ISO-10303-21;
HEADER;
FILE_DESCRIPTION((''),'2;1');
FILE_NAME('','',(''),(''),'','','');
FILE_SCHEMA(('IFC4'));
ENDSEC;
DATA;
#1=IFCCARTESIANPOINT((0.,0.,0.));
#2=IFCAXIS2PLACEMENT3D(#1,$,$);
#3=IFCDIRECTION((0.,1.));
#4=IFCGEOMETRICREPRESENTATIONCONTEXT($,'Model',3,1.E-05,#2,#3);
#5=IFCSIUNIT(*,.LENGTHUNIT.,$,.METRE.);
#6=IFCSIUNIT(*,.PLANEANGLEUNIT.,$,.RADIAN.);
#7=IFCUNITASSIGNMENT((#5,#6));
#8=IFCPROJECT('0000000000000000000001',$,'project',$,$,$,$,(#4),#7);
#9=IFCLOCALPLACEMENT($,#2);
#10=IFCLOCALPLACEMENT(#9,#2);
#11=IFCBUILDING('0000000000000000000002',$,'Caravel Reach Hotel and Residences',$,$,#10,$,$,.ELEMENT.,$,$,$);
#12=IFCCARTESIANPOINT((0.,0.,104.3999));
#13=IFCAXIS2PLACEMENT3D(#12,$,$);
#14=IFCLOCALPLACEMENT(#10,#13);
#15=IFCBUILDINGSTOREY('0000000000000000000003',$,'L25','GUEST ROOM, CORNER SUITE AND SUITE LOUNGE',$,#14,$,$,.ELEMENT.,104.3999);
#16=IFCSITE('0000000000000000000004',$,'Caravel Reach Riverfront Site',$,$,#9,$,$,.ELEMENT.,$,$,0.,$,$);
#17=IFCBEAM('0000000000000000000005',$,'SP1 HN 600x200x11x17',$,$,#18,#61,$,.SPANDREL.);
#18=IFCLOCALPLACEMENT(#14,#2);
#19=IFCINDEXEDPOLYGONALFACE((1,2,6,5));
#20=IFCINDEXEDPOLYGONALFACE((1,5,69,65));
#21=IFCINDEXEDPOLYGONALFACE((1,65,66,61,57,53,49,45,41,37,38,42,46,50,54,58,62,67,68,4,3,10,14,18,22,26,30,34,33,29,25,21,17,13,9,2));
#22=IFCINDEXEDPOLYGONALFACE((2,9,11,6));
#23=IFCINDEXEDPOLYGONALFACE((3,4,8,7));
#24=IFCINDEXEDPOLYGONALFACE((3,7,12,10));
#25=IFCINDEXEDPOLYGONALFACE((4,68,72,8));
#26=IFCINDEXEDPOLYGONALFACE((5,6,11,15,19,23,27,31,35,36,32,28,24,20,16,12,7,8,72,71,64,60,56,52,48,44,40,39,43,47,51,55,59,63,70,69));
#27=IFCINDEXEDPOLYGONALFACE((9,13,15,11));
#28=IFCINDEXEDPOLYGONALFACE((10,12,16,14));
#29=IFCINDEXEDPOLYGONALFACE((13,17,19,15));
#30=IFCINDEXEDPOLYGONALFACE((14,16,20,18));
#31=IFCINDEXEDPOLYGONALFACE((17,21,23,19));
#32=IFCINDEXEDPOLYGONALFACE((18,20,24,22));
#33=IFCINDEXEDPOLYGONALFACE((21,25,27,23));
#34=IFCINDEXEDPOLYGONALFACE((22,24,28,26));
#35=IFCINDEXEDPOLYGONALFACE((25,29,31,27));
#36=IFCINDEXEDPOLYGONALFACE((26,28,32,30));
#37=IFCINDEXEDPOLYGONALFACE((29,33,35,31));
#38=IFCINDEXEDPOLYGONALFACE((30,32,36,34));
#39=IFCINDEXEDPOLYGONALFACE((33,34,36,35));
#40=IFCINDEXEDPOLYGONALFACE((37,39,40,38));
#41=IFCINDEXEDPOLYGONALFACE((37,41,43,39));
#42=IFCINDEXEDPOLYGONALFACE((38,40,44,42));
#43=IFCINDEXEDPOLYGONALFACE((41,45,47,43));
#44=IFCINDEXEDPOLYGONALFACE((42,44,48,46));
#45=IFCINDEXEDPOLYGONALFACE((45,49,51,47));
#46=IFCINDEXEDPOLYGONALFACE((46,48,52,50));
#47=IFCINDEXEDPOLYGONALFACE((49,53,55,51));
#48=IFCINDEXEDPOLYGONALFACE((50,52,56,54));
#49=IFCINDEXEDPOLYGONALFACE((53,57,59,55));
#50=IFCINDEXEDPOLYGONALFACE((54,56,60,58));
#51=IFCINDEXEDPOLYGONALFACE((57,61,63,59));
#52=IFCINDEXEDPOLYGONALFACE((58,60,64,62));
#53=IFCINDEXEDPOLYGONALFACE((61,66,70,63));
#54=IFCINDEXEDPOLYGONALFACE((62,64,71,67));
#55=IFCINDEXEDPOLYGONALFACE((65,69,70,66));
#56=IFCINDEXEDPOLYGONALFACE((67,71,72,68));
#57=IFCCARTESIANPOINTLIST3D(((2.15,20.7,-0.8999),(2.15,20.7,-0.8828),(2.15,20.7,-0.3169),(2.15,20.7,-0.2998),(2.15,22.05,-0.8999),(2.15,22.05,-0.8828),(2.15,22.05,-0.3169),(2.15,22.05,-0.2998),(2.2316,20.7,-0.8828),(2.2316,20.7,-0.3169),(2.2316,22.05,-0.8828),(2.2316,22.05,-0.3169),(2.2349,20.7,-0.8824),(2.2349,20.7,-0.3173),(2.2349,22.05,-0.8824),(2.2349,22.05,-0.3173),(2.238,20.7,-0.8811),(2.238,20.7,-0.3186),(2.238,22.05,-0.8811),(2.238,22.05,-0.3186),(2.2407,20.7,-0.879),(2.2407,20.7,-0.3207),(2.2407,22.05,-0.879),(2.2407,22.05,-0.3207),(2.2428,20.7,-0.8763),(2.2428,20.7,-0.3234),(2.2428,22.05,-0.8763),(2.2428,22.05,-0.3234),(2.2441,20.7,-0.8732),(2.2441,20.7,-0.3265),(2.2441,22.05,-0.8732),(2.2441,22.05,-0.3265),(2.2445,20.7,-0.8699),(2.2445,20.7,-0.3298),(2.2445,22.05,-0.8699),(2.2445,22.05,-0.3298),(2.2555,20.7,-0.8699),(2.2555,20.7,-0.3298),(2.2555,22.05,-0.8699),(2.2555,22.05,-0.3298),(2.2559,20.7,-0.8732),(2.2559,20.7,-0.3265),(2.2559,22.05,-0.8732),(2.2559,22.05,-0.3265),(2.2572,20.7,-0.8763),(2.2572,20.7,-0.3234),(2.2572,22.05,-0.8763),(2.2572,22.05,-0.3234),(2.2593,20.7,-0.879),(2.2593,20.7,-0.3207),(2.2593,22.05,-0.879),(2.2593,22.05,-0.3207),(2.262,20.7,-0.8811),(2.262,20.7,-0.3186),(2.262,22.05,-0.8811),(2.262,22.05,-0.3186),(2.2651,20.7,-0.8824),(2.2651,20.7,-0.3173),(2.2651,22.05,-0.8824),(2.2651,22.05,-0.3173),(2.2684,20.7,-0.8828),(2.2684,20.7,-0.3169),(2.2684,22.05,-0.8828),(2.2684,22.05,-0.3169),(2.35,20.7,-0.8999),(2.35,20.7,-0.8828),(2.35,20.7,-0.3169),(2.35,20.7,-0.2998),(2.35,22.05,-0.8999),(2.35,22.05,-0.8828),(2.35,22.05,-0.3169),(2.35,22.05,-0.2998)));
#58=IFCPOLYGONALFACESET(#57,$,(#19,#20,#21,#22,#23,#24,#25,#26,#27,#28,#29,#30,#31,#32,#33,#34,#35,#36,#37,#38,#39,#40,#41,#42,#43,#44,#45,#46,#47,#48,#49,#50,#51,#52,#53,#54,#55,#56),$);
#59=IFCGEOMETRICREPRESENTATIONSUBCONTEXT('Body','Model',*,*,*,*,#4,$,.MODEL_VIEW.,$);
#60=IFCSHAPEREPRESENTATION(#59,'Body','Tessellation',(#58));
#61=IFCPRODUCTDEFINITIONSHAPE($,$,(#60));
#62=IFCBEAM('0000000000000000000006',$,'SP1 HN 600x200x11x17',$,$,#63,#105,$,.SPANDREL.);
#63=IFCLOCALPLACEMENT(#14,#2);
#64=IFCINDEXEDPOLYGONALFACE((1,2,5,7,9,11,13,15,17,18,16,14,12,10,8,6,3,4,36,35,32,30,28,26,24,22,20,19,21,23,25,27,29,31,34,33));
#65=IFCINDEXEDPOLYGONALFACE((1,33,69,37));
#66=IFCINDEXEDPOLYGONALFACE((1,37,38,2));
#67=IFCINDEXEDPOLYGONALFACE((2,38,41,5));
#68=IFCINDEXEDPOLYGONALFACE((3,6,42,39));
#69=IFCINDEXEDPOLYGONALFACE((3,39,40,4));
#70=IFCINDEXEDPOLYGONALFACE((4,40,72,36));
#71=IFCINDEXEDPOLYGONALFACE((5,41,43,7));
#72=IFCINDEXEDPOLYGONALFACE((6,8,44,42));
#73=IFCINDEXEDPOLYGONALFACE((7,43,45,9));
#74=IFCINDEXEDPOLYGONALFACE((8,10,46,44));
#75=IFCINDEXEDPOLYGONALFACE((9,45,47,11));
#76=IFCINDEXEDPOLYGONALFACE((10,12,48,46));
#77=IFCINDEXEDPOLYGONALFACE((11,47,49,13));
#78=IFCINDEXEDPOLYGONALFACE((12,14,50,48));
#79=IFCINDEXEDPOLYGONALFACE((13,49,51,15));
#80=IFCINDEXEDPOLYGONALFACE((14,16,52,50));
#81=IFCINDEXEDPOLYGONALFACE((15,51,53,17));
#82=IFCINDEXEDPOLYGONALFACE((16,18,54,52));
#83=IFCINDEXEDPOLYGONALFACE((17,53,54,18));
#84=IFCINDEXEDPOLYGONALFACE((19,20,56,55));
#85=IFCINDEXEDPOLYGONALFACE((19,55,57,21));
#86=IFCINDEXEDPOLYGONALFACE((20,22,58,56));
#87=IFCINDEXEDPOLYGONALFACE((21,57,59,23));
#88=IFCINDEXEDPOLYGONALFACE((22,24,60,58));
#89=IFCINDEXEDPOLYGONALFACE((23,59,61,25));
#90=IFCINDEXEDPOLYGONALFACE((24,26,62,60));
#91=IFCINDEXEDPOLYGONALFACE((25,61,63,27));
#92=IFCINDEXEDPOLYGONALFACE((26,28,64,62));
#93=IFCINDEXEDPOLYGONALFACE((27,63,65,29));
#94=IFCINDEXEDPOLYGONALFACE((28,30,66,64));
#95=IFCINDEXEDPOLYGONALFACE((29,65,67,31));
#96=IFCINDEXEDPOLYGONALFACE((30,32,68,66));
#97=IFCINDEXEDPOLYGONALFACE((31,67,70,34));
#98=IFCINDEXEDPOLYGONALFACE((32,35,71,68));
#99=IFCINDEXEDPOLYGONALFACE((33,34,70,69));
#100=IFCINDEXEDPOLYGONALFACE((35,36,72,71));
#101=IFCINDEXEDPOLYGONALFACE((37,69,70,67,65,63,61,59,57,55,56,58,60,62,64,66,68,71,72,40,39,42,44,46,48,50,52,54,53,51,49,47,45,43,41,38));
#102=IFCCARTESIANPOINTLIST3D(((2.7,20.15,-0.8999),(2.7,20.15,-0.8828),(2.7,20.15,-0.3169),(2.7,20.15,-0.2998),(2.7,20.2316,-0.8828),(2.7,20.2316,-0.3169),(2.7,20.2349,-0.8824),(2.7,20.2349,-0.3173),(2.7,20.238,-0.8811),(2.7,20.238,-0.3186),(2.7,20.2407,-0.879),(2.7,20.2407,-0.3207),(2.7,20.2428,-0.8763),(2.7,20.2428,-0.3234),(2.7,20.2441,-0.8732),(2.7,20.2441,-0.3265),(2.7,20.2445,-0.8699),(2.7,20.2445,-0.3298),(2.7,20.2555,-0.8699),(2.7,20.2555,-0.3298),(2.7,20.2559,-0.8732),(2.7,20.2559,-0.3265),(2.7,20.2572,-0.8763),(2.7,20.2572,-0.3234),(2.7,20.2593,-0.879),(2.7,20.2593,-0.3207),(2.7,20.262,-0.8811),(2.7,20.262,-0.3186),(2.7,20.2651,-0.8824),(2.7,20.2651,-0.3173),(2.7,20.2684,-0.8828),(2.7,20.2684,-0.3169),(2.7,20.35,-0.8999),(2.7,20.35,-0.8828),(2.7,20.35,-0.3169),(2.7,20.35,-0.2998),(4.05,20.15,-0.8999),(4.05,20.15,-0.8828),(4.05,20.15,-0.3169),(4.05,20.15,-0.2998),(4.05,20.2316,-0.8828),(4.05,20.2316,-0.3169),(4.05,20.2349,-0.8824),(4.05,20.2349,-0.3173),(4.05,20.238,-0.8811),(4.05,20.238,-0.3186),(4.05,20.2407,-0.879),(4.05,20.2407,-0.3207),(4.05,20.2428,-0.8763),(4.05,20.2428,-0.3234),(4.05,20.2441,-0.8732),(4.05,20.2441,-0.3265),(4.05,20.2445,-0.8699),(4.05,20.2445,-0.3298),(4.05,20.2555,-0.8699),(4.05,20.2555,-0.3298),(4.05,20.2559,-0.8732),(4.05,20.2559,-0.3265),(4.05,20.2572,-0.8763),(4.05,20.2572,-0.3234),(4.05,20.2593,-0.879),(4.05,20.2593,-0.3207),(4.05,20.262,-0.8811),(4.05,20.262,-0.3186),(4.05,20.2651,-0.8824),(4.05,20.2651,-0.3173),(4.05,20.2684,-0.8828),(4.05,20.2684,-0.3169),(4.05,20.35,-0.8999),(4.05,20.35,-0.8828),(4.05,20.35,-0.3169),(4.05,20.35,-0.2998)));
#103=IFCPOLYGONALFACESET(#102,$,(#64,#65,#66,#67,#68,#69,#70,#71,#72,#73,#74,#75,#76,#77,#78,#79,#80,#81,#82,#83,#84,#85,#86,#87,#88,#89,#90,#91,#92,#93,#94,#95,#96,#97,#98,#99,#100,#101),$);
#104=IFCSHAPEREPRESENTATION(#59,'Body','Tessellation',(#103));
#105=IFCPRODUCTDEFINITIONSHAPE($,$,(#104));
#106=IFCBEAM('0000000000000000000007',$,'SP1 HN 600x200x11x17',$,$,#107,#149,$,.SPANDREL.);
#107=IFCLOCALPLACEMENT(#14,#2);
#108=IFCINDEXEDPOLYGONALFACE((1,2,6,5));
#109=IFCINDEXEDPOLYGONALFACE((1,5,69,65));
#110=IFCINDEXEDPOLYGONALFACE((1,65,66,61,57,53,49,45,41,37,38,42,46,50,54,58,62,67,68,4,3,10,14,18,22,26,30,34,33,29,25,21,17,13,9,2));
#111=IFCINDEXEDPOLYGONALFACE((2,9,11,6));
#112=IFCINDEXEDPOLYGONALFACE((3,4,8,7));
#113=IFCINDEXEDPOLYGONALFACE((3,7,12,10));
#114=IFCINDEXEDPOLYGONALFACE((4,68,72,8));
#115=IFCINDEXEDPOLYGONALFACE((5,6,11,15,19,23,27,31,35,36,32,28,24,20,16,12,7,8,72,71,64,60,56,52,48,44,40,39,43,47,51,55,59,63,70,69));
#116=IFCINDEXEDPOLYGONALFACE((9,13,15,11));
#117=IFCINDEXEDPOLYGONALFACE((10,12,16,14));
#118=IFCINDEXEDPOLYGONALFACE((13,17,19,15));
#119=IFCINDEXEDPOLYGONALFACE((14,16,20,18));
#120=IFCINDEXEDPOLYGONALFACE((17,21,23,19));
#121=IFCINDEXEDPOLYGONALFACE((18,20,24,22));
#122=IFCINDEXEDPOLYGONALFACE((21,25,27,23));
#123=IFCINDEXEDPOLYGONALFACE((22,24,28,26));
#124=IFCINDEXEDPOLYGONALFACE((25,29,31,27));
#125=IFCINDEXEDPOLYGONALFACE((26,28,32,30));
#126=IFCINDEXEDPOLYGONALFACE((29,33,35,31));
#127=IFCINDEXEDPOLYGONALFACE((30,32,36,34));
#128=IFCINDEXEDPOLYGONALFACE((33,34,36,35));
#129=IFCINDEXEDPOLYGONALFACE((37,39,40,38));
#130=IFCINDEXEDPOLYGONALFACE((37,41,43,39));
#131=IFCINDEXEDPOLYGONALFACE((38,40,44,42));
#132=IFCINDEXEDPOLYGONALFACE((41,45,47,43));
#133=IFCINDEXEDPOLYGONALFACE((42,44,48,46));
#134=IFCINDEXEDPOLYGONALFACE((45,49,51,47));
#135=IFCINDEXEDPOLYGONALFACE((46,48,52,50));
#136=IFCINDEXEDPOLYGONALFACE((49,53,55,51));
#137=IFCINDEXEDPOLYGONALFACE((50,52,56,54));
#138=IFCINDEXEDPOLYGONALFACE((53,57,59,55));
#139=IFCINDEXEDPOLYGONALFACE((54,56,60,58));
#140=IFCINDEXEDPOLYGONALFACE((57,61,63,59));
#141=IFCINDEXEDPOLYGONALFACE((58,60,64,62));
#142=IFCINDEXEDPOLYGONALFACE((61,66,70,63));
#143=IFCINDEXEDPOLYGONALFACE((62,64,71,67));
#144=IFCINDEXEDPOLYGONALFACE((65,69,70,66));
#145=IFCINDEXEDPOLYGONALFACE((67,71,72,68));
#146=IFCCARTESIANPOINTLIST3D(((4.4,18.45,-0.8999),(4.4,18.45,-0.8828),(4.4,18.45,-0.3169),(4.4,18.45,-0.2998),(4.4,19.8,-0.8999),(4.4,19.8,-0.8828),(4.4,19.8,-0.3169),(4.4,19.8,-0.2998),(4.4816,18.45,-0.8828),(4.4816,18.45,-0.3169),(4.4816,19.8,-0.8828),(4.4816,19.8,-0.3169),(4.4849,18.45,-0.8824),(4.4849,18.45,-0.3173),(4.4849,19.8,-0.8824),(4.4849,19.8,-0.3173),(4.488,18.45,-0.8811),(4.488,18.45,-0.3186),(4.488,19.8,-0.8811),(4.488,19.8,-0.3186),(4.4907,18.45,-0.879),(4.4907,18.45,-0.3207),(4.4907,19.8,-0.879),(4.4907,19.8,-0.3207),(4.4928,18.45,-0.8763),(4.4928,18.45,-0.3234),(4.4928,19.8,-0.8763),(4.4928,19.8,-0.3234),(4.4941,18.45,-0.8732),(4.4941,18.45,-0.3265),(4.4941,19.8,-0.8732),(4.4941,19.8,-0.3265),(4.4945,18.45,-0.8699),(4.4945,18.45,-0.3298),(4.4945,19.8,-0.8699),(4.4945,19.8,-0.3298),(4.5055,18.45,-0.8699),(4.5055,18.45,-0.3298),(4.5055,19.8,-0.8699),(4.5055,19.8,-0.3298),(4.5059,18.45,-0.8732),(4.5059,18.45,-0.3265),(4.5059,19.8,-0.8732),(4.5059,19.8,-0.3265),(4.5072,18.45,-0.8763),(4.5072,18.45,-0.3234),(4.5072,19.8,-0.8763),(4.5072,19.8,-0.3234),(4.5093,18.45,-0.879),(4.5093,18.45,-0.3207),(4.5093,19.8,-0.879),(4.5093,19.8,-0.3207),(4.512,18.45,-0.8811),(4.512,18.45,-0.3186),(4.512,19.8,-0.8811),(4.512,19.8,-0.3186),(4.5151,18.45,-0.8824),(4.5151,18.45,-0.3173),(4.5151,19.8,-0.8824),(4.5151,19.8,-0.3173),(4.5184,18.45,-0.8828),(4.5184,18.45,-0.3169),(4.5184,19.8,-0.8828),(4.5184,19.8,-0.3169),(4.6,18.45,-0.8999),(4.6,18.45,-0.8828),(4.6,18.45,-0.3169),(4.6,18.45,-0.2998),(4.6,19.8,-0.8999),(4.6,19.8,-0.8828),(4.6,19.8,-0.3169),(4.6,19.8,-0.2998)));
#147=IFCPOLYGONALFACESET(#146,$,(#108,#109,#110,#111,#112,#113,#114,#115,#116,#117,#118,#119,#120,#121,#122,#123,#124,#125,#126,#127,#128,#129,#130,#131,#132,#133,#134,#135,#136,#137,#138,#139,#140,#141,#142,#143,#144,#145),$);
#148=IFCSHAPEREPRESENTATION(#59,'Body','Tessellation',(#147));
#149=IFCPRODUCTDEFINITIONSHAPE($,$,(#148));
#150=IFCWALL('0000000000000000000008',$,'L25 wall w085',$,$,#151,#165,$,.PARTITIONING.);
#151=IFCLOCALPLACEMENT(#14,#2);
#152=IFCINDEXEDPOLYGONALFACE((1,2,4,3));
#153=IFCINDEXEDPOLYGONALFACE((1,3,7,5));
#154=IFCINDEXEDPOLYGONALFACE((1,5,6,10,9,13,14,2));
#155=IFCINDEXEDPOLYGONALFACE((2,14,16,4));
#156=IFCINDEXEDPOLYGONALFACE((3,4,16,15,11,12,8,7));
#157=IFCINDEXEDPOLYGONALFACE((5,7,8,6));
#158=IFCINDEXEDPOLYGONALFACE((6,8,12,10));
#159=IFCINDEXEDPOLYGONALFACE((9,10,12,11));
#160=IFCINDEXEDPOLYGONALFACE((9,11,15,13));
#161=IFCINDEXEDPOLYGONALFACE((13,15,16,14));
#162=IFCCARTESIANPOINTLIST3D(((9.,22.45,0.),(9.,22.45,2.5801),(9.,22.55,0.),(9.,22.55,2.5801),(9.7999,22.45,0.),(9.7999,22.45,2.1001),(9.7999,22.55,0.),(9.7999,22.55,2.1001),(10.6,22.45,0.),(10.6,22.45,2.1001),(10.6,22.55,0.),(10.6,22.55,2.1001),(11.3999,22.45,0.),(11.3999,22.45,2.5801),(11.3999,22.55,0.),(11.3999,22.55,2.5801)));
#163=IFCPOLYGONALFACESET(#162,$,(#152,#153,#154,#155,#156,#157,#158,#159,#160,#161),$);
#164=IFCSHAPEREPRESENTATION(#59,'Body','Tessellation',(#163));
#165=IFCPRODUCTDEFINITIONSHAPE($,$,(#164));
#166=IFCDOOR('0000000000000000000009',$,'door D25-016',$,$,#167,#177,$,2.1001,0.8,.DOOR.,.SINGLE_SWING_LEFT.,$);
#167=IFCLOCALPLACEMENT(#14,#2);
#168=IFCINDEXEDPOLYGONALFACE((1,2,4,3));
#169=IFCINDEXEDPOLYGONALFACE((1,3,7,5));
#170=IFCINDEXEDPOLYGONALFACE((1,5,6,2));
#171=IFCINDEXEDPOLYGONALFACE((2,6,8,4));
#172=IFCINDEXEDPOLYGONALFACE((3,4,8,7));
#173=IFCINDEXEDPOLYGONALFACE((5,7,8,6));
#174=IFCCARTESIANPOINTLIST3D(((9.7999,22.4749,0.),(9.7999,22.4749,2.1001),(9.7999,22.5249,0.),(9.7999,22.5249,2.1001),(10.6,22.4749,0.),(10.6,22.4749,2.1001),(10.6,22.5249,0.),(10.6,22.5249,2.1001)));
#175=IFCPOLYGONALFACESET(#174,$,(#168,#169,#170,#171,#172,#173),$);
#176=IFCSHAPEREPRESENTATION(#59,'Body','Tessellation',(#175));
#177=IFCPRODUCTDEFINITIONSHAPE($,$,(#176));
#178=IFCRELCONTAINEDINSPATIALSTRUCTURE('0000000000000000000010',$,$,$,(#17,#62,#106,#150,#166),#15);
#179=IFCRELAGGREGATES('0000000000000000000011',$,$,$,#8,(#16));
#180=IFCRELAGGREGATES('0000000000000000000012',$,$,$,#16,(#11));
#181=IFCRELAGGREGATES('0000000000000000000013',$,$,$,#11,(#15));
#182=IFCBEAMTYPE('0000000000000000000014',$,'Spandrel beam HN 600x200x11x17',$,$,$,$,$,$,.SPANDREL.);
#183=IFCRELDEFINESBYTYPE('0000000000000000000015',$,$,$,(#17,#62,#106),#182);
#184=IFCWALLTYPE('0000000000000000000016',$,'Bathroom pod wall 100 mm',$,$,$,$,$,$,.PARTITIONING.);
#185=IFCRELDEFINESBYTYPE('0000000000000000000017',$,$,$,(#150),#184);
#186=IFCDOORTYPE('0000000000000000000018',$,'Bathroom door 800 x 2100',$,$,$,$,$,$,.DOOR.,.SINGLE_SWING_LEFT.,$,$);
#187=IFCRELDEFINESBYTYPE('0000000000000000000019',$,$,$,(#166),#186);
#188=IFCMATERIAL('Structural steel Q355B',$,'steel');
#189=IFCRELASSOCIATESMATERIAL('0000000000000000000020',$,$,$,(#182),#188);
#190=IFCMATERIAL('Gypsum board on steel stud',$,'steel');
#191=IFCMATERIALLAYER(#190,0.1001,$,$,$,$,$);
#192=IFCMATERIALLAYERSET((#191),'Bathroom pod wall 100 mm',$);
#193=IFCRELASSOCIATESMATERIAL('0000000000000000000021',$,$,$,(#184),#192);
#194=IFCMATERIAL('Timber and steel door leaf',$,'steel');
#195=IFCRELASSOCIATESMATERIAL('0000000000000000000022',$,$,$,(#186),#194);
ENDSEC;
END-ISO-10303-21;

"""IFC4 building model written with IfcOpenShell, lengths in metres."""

from ifc_helpers import new_model, si_unit, direction, frame, frame_2d, origin, origin_2d, place, context, subcontext, project, spatial, rectangle, i_section, extrude, material, layer, layer_set, material_profile, profile_set, type_object, element, fill, save


model = new_model("IFC4")

# Units and contexts
model_context = context("Model", 3, precision=1e-05, world=origin(), true_north=direction((0.0, 1.0)))
body_context = subcontext(model_context, "Body", "Model", "MODEL_VIEW")
ifc_project = project(units=[si_unit("LENGTHUNIT", "METRE"), si_unit("PLANEANGLEUNIT", "RADIAN")], contexts=[model_context])

# Site, building, storey
site_placement = place(None, origin())
site = spatial("IfcSite", under=ifc_project, at=site_placement, Name="Caravel Reach Riverfront Site", CompositionType="ELEMENT", RefElevation=0.0)
building_placement = place(site_placement, origin())
building = spatial("IfcBuilding", under=site, at=building_placement, Name="Caravel Reach Hotel and Residences", CompositionType="ELEMENT")
storey_placement = place(building_placement, frame((0.0, 0.0, 104.3999)))
storey = spatial("IfcBuildingStorey", under=building, at=storey_placement, Name="L25", Description="GUEST ROOM, CORNER SUITE AND SUITE LOUNGE", CompositionType="ELEMENT", Elevation=104.3999)

# Beams
ifc_material_1 = material(Name="Structural steel Q355B", Category="steel")
ifc_material_profile_1 = material_profile(ifc_material_1, i_section(OverallWidth=0.2, OverallDepth=0.6001, WebThickness=0.011, FlangeThickness=0.0171, FilletRadius=0.0129, at=origin_2d()), Name="HN 600x200x11x17")
ifc_profile_set_1 = profile_set([ifc_material_profile_1], Name="Structural steel Q355B")
beam_type_1 = type_object("IfcBeamType", Name="Spandrel beam HN 600x200x11x17", PredefinedType="SPANDREL", material=ifc_profile_set_1)
for number, where, z_axis, x_axis, name in (
    (1, (2.25, 22.05, -0.5999), (0.0, -1.0, 0.0), (1.0, 0.0, 0.0), "SP1 HN 600x200x11x17"),
    (2, (2.7, 20.25, -0.5999), (1.0, 0.0, 0.0), (0.0, 1.0, 0.0), "SP1 HN 600x200x11x17"),
    (3, (4.5, 19.8, -0.5999), (0.0, -1.0, 0.0), (1.0, 0.0, 0.0), "SP1 HN 600x200x11x17"),
):
    element("IfcBeam", number, at=place(storey_placement, frame(where, z_axis=z_axis, x_axis=x_axis)), inside=storey, type_object=beam_type_1, Name=name, PredefinedType="SPANDREL", context=body_context, shape_type="SweptSolid", body=[
        extrude(i_section(OverallWidth=0.2, OverallDepth=0.6001, WebThickness=0.011, FlangeThickness=0.0171, FilletRadius=0.0129, at=origin_2d()), origin(), (0.0, 0.0, 1.0), 1.3501),
    ])

# Wall, opening, door
ifc_material_2 = material(Name="Gypsum board on steel stud", Category="steel")
ifc_layer_1 = layer(ifc_material_2, 0.1001)
ifc_layer_set_1 = layer_set([ifc_layer_1], Name="Bathroom pod wall 100 mm")
wall_type_1 = type_object("IfcWallType", Name="Bathroom pod wall 100 mm", PredefinedType="PARTITIONING", material=ifc_layer_set_1)
wall_1_placement = place(storey_placement, frame((9.0, 22.5, 0.0), z_axis=(0.0, 0.0, 1.0), x_axis=(1.0, 0.0, 0.0)))
wall_1 = element("IfcWall", 4, at=wall_1_placement, inside=storey, type_object=wall_type_1, Name="L25 wall w085", PredefinedType="PARTITIONING", context=body_context, shape_type="SweptSolid", body=[
    extrude(rectangle(XDim=2.3999, YDim=0.1001, at=frame_2d((1.2, 0.0))), origin(), (0.0, 0.0, 1.0), 2.5801),
])
opening_1_placement = place(wall_1_placement, frame((0.8, 0.0, 0.0)))
opening_1 = element("IfcOpeningElement", 5, at=opening_1_placement, cuts=wall_1, PredefinedType="OPENING", context=body_context, shape_type="SweptSolid", body=[
    extrude(rectangle(XDim=0.8, YDim=2.1001, at=frame_2d((0.3999, 1.05))), frame((0.0, 0.0601, 0.0), z_axis=(0.0, -1.0, 0.0), x_axis=(1.0, 0.0, 0.0)), (0.0, 0.0, 1.0), 0.1201),
])
ifc_material_3 = material(Name="Timber and steel door leaf", Category="steel")
door_type_1 = type_object("IfcDoorType", Name="Bathroom door 800 x 2100", OperationType="SINGLE_SWING_LEFT", PredefinedType="DOOR", material=ifc_material_3)
door_1_placement = place(opening_1_placement, origin())
door_1 = element("IfcDoor", 6, at=door_1_placement, inside=storey, type_object=door_type_1, Name="door D25-016", OperationType="SINGLE_SWING_LEFT", OverallHeight=2.1001, OverallWidth=0.8, PredefinedType="DOOR", context=body_context, shape_type="SweptSolid", body=[
    extrude(rectangle(XDim=0.8, YDim=2.1001, at=frame_2d((0.3999, 1.05))), frame((0.0, 0.0249, 0.0), z_axis=(0.0, -1.0, 0.0), x_axis=(1.0, 0.0, 0.0)), (0.0, 0.0, 1.0), 0.05),
])
fill(opening_1, door_1)

save(model, "model.ifc")
